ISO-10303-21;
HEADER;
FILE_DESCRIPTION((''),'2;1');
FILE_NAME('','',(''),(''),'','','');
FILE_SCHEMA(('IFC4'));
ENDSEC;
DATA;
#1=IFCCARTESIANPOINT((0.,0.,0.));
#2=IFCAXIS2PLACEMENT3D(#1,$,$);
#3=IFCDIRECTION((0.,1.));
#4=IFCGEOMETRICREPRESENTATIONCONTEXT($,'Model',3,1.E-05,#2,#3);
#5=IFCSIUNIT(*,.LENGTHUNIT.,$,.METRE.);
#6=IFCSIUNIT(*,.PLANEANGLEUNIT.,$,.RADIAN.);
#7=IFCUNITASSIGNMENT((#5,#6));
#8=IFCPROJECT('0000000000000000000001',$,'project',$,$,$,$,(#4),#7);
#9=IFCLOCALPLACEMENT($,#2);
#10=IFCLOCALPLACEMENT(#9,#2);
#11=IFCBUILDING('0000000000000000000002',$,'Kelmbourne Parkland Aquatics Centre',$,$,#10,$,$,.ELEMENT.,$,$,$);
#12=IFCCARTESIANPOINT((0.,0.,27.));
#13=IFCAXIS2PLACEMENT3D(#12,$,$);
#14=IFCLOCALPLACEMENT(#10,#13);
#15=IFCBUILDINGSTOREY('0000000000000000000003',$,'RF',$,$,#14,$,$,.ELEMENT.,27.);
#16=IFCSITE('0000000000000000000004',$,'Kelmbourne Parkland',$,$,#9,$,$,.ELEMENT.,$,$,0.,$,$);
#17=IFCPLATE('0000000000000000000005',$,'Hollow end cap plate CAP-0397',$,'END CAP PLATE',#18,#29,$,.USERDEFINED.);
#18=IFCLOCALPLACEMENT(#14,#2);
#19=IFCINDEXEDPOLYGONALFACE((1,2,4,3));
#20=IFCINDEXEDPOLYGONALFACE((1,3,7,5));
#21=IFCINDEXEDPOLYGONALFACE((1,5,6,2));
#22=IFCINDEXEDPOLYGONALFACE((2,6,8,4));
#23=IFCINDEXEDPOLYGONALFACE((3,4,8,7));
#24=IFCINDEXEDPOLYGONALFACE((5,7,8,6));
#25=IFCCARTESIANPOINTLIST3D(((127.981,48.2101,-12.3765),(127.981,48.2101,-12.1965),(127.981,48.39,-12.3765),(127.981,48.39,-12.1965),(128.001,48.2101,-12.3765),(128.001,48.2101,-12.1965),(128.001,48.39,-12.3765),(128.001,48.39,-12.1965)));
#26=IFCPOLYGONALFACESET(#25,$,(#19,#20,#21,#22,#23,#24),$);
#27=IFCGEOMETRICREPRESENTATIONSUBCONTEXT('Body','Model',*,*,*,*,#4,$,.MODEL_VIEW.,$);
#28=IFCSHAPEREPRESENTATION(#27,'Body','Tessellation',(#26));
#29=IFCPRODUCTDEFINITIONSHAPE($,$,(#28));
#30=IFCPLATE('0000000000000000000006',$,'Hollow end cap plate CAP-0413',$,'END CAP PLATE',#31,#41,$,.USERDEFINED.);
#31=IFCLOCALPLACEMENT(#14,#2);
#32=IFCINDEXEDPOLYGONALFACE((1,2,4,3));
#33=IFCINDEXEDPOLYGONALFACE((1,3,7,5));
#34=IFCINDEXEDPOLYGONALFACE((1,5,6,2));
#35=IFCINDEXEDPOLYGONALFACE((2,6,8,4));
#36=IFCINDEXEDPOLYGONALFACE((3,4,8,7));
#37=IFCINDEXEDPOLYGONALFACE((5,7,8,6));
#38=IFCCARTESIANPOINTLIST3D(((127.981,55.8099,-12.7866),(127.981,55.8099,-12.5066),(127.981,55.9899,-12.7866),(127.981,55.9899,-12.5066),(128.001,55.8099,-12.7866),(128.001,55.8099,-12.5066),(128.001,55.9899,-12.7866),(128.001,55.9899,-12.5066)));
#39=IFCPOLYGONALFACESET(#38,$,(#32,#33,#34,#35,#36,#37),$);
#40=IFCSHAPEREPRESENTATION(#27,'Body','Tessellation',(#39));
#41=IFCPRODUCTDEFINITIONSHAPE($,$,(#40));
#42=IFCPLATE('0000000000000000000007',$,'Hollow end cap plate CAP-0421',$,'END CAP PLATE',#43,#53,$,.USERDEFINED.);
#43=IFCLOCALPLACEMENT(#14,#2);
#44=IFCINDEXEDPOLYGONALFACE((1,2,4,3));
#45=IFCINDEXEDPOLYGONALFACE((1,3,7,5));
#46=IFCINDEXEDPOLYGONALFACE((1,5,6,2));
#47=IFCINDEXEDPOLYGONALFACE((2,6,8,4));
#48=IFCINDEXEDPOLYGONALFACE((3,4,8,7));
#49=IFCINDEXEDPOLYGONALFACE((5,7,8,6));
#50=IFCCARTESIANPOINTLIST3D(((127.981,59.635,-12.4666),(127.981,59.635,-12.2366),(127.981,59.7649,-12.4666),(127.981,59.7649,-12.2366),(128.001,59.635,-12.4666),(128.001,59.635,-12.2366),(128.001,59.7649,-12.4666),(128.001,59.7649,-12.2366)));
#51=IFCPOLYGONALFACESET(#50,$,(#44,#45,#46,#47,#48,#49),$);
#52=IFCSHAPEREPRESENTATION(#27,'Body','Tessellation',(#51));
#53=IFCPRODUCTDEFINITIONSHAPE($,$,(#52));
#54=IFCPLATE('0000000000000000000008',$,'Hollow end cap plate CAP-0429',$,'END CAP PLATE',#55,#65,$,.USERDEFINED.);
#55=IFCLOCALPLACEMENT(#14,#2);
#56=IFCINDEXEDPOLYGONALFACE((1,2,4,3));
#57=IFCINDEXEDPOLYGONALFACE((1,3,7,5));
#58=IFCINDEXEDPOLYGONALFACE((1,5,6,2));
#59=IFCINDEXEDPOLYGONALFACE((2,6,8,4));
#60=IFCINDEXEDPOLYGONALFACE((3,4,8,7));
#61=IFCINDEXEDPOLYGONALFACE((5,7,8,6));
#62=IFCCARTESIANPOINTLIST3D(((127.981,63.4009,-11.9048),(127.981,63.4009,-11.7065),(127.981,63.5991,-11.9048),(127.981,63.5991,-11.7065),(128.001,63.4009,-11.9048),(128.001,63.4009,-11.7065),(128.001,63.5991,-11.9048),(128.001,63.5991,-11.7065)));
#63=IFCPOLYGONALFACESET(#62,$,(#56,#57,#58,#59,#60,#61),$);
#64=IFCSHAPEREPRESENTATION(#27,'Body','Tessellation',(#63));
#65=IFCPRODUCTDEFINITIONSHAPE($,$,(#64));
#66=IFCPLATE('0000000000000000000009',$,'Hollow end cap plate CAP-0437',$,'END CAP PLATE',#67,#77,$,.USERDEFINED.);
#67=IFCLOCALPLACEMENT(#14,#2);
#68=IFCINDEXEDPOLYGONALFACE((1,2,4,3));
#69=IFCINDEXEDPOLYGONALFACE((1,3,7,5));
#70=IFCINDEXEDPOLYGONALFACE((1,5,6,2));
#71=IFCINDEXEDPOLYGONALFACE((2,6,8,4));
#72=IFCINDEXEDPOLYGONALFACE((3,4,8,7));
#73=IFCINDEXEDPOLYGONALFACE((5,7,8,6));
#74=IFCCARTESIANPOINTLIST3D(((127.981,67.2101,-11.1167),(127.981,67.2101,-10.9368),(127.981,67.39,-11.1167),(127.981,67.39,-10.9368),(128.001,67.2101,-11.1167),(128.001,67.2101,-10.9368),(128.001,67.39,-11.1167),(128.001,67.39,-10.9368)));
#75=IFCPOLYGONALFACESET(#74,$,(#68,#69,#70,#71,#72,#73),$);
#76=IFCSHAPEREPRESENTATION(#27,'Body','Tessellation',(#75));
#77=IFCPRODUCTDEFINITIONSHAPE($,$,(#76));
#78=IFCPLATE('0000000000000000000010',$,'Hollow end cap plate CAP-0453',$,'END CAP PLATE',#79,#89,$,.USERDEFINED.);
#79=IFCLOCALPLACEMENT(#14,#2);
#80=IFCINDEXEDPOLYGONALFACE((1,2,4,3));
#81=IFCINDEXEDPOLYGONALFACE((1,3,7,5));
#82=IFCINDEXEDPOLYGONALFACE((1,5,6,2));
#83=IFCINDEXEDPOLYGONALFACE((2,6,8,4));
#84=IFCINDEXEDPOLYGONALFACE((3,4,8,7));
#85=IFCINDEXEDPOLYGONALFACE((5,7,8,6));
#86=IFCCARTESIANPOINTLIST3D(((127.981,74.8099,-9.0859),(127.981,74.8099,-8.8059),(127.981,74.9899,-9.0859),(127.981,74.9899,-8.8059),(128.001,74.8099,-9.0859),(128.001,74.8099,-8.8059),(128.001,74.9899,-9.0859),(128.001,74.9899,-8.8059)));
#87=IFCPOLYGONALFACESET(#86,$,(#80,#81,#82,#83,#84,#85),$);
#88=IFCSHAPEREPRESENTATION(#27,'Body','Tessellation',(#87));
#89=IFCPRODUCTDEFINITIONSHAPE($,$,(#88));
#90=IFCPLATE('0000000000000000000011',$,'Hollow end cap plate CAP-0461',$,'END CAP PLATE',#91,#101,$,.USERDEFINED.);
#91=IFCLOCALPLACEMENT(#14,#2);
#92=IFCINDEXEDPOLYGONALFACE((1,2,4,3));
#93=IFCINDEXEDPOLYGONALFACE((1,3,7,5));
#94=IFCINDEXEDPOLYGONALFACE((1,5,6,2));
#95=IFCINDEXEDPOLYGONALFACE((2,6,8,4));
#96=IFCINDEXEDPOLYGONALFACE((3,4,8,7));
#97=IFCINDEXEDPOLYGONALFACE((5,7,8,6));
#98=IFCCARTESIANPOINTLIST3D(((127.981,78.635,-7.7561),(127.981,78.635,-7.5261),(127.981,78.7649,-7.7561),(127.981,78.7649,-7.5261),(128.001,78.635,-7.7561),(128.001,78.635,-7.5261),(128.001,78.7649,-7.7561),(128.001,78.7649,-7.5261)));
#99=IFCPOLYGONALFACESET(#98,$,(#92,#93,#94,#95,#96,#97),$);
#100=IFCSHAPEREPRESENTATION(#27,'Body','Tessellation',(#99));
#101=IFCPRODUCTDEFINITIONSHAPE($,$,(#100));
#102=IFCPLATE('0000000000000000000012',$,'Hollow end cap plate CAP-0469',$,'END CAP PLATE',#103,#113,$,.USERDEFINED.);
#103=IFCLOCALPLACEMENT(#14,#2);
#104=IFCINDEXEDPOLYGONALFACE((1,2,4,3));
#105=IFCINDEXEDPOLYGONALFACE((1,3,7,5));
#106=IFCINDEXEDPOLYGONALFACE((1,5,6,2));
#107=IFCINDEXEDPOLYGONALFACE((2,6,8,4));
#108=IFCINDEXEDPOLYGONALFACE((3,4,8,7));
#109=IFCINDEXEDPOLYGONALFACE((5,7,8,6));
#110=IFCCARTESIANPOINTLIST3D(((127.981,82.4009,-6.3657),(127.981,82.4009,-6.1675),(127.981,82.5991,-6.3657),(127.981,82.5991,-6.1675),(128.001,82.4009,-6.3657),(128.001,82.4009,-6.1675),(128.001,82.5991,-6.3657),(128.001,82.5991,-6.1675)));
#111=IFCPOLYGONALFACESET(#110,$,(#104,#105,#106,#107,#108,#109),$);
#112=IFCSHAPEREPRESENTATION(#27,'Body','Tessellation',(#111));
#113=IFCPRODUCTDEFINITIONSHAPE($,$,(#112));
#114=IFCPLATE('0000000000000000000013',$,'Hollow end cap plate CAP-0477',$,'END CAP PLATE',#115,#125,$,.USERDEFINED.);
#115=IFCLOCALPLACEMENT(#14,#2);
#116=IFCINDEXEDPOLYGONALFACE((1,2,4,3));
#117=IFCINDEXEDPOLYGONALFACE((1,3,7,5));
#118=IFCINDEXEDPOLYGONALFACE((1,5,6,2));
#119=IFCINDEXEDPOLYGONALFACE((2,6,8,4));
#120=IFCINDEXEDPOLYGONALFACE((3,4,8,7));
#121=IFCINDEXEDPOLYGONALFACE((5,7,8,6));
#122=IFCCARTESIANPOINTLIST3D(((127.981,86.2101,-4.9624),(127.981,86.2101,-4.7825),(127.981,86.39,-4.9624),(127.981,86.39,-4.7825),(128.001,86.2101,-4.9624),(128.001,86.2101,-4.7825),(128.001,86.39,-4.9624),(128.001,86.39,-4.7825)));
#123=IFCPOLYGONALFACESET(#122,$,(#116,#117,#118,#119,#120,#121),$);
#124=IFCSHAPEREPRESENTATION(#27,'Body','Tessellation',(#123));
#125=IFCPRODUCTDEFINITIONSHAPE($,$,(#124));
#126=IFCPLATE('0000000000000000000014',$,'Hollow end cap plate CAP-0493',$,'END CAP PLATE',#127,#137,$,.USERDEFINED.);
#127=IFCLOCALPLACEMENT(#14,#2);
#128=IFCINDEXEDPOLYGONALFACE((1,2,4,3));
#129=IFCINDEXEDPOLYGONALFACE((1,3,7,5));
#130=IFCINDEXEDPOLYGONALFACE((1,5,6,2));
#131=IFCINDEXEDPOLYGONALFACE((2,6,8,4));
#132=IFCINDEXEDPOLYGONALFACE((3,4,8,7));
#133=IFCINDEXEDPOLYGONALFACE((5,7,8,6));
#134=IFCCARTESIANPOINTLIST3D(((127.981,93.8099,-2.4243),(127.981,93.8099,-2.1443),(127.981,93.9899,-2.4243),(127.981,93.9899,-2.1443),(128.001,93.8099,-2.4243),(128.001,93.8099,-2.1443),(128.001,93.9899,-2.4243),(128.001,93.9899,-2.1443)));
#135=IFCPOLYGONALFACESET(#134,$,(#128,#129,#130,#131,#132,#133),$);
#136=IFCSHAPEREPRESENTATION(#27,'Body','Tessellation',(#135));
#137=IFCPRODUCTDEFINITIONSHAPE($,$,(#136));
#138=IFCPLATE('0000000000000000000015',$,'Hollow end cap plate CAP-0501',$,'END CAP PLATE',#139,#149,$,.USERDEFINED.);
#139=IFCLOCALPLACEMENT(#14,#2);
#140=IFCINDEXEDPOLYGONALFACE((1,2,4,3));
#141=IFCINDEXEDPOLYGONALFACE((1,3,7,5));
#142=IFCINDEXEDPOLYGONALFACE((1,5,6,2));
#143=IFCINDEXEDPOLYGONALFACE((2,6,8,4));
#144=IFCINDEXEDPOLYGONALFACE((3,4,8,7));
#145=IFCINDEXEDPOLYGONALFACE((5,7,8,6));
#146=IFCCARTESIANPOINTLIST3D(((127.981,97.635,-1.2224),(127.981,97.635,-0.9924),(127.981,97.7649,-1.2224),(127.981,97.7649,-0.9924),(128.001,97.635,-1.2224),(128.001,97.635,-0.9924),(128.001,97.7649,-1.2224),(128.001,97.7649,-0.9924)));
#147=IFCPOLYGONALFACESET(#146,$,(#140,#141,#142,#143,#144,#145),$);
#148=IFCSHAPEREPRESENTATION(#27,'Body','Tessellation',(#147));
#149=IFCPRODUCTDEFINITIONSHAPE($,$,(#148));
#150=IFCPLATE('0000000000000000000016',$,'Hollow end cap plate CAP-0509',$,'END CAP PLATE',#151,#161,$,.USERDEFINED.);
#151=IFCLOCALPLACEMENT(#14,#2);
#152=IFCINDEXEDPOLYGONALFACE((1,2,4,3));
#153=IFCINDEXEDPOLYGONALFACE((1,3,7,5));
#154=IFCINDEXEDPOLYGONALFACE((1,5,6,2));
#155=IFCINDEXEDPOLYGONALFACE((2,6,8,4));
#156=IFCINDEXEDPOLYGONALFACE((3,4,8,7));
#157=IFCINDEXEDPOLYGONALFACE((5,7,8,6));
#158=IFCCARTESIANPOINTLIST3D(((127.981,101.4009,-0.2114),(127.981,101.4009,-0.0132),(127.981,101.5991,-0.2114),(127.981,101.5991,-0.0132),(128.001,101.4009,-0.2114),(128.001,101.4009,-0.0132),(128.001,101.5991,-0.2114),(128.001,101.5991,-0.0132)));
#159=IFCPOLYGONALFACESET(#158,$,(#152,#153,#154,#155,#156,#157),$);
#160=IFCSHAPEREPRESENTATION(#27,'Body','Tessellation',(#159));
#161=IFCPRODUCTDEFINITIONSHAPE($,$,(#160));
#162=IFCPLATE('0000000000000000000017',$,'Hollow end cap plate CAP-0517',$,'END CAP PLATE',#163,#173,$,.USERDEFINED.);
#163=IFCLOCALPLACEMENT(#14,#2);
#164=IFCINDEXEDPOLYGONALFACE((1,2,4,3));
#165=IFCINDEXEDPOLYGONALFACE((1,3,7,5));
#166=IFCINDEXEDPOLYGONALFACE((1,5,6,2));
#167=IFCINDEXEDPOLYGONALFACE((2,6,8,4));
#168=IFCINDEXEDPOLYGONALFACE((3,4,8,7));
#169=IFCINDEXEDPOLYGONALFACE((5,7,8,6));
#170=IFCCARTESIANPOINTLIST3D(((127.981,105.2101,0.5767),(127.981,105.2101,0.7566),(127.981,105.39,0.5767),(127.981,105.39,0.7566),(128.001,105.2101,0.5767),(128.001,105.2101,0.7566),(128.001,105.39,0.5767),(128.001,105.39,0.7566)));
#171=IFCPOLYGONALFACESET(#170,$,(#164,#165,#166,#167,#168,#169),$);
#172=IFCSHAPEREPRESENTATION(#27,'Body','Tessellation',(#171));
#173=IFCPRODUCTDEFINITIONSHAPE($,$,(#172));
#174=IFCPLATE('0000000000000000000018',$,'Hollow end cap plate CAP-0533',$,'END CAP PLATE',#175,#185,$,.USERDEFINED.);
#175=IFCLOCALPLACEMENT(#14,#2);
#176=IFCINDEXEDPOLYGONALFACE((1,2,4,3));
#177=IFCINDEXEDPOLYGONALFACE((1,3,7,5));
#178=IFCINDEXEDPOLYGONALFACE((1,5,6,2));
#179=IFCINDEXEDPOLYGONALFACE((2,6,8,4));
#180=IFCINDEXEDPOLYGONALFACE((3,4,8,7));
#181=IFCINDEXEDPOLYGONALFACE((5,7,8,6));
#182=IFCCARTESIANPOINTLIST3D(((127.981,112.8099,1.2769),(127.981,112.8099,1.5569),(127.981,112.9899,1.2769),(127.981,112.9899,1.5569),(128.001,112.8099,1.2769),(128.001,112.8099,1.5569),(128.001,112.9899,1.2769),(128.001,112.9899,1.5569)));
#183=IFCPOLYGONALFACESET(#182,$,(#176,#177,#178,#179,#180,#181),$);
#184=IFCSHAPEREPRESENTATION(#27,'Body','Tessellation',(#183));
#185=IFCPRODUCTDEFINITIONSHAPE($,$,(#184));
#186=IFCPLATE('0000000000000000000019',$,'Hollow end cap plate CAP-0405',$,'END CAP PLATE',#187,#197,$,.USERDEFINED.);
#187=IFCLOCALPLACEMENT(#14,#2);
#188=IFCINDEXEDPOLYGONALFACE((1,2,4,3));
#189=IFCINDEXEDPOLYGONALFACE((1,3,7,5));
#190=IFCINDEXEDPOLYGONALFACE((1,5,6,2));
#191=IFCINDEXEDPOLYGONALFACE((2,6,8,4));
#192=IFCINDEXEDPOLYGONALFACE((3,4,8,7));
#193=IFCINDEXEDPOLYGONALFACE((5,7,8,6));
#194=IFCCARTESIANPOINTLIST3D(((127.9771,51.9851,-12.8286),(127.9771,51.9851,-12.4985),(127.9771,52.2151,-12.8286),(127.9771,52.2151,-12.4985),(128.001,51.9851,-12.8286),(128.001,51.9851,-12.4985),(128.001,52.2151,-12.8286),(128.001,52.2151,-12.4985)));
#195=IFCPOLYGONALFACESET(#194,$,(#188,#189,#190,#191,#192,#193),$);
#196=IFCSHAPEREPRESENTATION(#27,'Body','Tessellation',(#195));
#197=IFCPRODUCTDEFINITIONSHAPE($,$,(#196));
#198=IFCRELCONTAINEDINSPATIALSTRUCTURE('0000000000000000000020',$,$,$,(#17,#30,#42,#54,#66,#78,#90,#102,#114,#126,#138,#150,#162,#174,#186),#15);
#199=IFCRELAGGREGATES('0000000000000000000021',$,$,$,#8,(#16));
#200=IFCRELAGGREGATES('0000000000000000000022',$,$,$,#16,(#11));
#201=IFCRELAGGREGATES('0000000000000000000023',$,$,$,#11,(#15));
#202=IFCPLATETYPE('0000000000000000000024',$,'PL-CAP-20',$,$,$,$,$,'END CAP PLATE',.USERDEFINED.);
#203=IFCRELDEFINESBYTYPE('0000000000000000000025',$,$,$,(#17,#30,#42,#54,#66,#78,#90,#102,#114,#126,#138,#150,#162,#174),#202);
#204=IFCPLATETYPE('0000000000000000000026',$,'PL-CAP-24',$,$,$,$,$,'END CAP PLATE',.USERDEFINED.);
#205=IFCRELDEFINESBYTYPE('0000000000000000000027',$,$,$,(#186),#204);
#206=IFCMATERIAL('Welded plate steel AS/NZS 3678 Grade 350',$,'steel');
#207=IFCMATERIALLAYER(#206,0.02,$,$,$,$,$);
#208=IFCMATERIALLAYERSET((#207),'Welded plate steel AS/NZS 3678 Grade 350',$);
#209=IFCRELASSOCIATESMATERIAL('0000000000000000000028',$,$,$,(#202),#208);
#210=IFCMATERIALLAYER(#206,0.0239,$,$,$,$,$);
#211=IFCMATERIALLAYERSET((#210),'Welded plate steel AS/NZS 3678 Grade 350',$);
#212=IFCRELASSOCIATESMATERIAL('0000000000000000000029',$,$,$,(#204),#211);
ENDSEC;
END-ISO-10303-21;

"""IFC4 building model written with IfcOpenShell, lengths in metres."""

from ifc_helpers import new_model, si_unit, direction, frame, origin, origin_2d, place, context, subcontext, project, spatial, rectangle, extrude, material, layer, layer_set, type_object, element, save


model = new_model("IFC4")

# Units and contexts
model_context = context("Model", 3, precision=1e-05, world=origin(), true_north=direction((0.0, 1.0)))
body_context = subcontext(model_context, "Body", "Model", "MODEL_VIEW")
ifc_project = project(units=[si_unit("LENGTHUNIT", "METRE"), si_unit("PLANEANGLEUNIT", "RADIAN")], contexts=[model_context])

# Site, building, storey
site_placement = place(None, origin())
site = spatial("IfcSite", under=ifc_project, at=site_placement, Name="Kelmbourne Parkland", CompositionType="ELEMENT", RefElevation=0.0)
building_placement = place(site_placement, origin())
building = spatial("IfcBuilding", under=site, at=building_placement, Name="Kelmbourne Parkland Aquatics Centre", CompositionType="ELEMENT")
storey_placement = place(building_placement, frame((0.0, 0.0, 27.0)))
storey = spatial("IfcBuildingStorey", under=building, at=storey_placement, Name="RF", CompositionType="ELEMENT", Elevation=27.0)

# Plates
ifc_material_1 = material(Name="Welded plate steel AS/NZS 3678 Grade 350", Category="steel")
ifc_layer_1 = layer(ifc_material_1, 0.02)
ifc_layer_set_1 = layer_set([ifc_layer_1], Name="Welded plate steel AS/NZS 3678 Grade 350")
plate_type_1 = type_object("IfcPlateType", Name="PL-CAP-20", ElementType="END CAP PLATE", PredefinedType="USERDEFINED", material=ifc_layer_set_1)
plate_1_placement = place(storey_placement, frame((127.991, 48.3, -12.3765), z_axis=(0.0, 0.0, 1.0), x_axis=(-1.0, 0.0, 0.0)))
element("IfcPlate", 1, at=plate_1_placement, inside=storey, type_object=plate_type_1, Name="Hollow end cap plate CAP-0397", ObjectType="END CAP PLATE", PredefinedType="USERDEFINED", context=body_context, shape_type="SweptSolid", body=[
    extrude(rectangle(XDim=0.02, YDim=0.1799, at=origin_2d()), origin(), (0.0, 0.0, 1.0), 0.1799),
])
plate_2_placement = place(storey_placement, frame((127.991, 55.8999, -12.7866), z_axis=(0.0, 0.0, 1.0), x_axis=(-1.0, 0.0, 0.0)))
element("IfcPlate", 2, at=plate_2_placement, inside=storey, type_object=plate_type_1, Name="Hollow end cap plate CAP-0413", ObjectType="END CAP PLATE", PredefinedType="USERDEFINED", context=body_context, shape_type="SweptSolid", body=[
    extrude(rectangle(XDim=0.02, YDim=0.1799, at=origin_2d()), origin(), (0.0, 0.0, 1.0), 0.28),
])
plate_3_placement = place(storey_placement, frame((127.991, 59.7, -12.4666), z_axis=(0.0, 0.0, 1.0), x_axis=(-1.0, 0.0, 0.0)))
element("IfcPlate", 3, at=plate_3_placement, inside=storey, type_object=plate_type_1, Name="Hollow end cap plate CAP-0421", ObjectType="END CAP PLATE", PredefinedType="USERDEFINED", context=body_context, shape_type="SweptSolid", body=[
    extrude(rectangle(XDim=0.02, YDim=0.1299, at=origin_2d()), origin(), (0.0, 0.0, 1.0), 0.23),
])
plate_4_placement = place(storey_placement, frame((127.991, 63.5, -11.9048), z_axis=(0.0, 0.0, 1.0), x_axis=(-1.0, 0.0, 0.0)))
element("IfcPlate", 4, at=plate_4_placement, inside=storey, type_object=plate_type_1, Name="Hollow end cap plate CAP-0429", ObjectType="END CAP PLATE", PredefinedType="USERDEFINED", context=body_context, shape_type="SweptSolid", body=[
    extrude(rectangle(XDim=0.02, YDim=0.1982, at=origin_2d()), origin(), (0.0, 0.0, 1.0), 0.1982),
])
plate_5_placement = place(storey_placement, frame((127.991, 67.3, -11.1167), z_axis=(0.0, 0.0, 1.0), x_axis=(-1.0, 0.0, 0.0)))
element("IfcPlate", 5, at=plate_5_placement, inside=storey, type_object=plate_type_1, Name="Hollow end cap plate CAP-0437", ObjectType="END CAP PLATE", PredefinedType="USERDEFINED", context=body_context, shape_type="SweptSolid", body=[
    extrude(rectangle(XDim=0.02, YDim=0.1799, at=origin_2d()), origin(), (0.0, 0.0, 1.0), 0.1799),
])
plate_6_placement = place(storey_placement, frame((127.991, 74.8999, -9.0859), z_axis=(0.0, 0.0, 1.0), x_axis=(-1.0, 0.0, 0.0)))
element("IfcPlate", 6, at=plate_6_placement, inside=storey, type_object=plate_type_1, Name="Hollow end cap plate CAP-0453", ObjectType="END CAP PLATE", PredefinedType="USERDEFINED", context=body_context, shape_type="SweptSolid", body=[
    extrude(rectangle(XDim=0.02, YDim=0.1799, at=origin_2d()), origin(), (0.0, 0.0, 1.0), 0.28),
])
plate_7_placement = place(storey_placement, frame((127.991, 78.7, -7.7561), z_axis=(0.0, 0.0, 1.0), x_axis=(-1.0, 0.0, 0.0)))
element("IfcPlate", 7, at=plate_7_placement, inside=storey, type_object=plate_type_1, Name="Hollow end cap plate CAP-0461", ObjectType="END CAP PLATE", PredefinedType="USERDEFINED", context=body_context, shape_type="SweptSolid", body=[
    extrude(rectangle(XDim=0.02, YDim=0.1299, at=origin_2d()), origin(), (0.0, 0.0, 1.0), 0.23),
])
plate_8_placement = place(storey_placement, frame((127.991, 82.5, -6.3657), z_axis=(0.0, 0.0, 1.0), x_axis=(-1.0, 0.0, 0.0)))
element("IfcPlate", 8, at=plate_8_placement, inside=storey, type_object=plate_type_1, Name="Hollow end cap plate CAP-0469", ObjectType="END CAP PLATE", PredefinedType="USERDEFINED", context=body_context, shape_type="SweptSolid", body=[
    extrude(rectangle(XDim=0.02, YDim=0.1982, at=origin_2d()), origin(), (0.0, 0.0, 1.0), 0.1982),
])
plate_9_placement = place(storey_placement, frame((127.991, 86.3, -4.9624), z_axis=(0.0, 0.0, 1.0), x_axis=(-1.0, 0.0, 0.0)))
element("IfcPlate", 9, at=plate_9_placement, inside=storey, type_object=plate_type_1, Name="Hollow end cap plate CAP-0477", ObjectType="END CAP PLATE", PredefinedType="USERDEFINED", context=body_context, shape_type="SweptSolid", body=[
    extrude(rectangle(XDim=0.02, YDim=0.1799, at=origin_2d()), origin(), (0.0, 0.0, 1.0), 0.1799),
])
plate_10_placement = place(storey_placement, frame((127.991, 93.8999, -2.4243), z_axis=(0.0, 0.0, 1.0), x_axis=(-1.0, 0.0, 0.0)))
element("IfcPlate", 10, at=plate_10_placement, inside=storey, type_object=plate_type_1, Name="Hollow end cap plate CAP-0493", ObjectType="END CAP PLATE", PredefinedType="USERDEFINED", context=body_context, shape_type="SweptSolid", body=[
    extrude(rectangle(XDim=0.02, YDim=0.1799, at=origin_2d()), origin(), (0.0, 0.0, 1.0), 0.28),
])
plate_11_placement = place(storey_placement, frame((127.991, 97.7, -1.2224), z_axis=(0.0, 0.0, 1.0), x_axis=(-1.0, 0.0, 0.0)))
element("IfcPlate", 11, at=plate_11_placement, inside=storey, type_object=plate_type_1, Name="Hollow end cap plate CAP-0501", ObjectType="END CAP PLATE", PredefinedType="USERDEFINED", context=body_context, shape_type="SweptSolid", body=[
    extrude(rectangle(XDim=0.02, YDim=0.1299, at=origin_2d()), origin(), (0.0, 0.0, 1.0), 0.23),
])
plate_12_placement = place(storey_placement, frame((127.991, 101.5, -0.2114), z_axis=(0.0, 0.0, 1.0), x_axis=(-1.0, 0.0, 0.0)))
element("IfcPlate", 12, at=plate_12_placement, inside=storey, type_object=plate_type_1, Name="Hollow end cap plate CAP-0509", ObjectType="END CAP PLATE", PredefinedType="USERDEFINED", context=body_context, shape_type="SweptSolid", body=[
    extrude(rectangle(XDim=0.02, YDim=0.1982, at=origin_2d()), origin(), (0.0, 0.0, 1.0), 0.1982),
])
plate_13_placement = place(storey_placement, frame((127.991, 105.3, 0.5767), z_axis=(0.0, 0.0, 1.0), x_axis=(-1.0, 0.0, 0.0)))
element("IfcPlate", 13, at=plate_13_placement, inside=storey, type_object=plate_type_1, Name="Hollow end cap plate CAP-0517", ObjectType="END CAP PLATE", PredefinedType="USERDEFINED", context=body_context, shape_type="SweptSolid", body=[
    extrude(rectangle(XDim=0.02, YDim=0.1799, at=origin_2d()), origin(), (0.0, 0.0, 1.0), 0.1799),
])
plate_14_placement = place(storey_placement, frame((127.991, 112.8999, 1.2769), z_axis=(0.0, 0.0, 1.0), x_axis=(-1.0, 0.0, 0.0)))
element("IfcPlate", 14, at=plate_14_placement, inside=storey, type_object=plate_type_1, Name="Hollow end cap plate CAP-0533", ObjectType="END CAP PLATE", PredefinedType="USERDEFINED", context=body_context, shape_type="SweptSolid", body=[
    extrude(rectangle(XDim=0.02, YDim=0.1799, at=origin_2d()), origin(), (0.0, 0.0, 1.0), 0.28),
])
ifc_layer_2 = layer(ifc_material_1, 0.0239)
ifc_layer_set_2 = layer_set([ifc_layer_2], Name="Welded plate steel AS/NZS 3678 Grade 350")
plate_type_2 = type_object("IfcPlateType", Name="PL-CAP-24", ElementType="END CAP PLATE", PredefinedType="USERDEFINED", material=ifc_layer_set_2)
for number, where, z_axis, x_axis, name in (
    (15, (127.989, 52.1001, -12.8286), (0.0, 0.0, 1.0), (-1.0, 0.0, 0.0), "Hollow end cap plate CAP-0405"),
):
    element("IfcPlate", number, at=place(storey_placement, frame(where, z_axis=z_axis, x_axis=x_axis)), inside=storey, type_object=plate_type_2, Name=name, ObjectType="END CAP PLATE", PredefinedType="USERDEFINED", context=body_context, shape_type="SweptSolid", body=[
        extrude(rectangle(XDim=0.0239, YDim=0.23, at=origin_2d()), origin(), (0.0, 0.0, 1.0), 0.3301),
    ])

save(model, "model.ifc")
